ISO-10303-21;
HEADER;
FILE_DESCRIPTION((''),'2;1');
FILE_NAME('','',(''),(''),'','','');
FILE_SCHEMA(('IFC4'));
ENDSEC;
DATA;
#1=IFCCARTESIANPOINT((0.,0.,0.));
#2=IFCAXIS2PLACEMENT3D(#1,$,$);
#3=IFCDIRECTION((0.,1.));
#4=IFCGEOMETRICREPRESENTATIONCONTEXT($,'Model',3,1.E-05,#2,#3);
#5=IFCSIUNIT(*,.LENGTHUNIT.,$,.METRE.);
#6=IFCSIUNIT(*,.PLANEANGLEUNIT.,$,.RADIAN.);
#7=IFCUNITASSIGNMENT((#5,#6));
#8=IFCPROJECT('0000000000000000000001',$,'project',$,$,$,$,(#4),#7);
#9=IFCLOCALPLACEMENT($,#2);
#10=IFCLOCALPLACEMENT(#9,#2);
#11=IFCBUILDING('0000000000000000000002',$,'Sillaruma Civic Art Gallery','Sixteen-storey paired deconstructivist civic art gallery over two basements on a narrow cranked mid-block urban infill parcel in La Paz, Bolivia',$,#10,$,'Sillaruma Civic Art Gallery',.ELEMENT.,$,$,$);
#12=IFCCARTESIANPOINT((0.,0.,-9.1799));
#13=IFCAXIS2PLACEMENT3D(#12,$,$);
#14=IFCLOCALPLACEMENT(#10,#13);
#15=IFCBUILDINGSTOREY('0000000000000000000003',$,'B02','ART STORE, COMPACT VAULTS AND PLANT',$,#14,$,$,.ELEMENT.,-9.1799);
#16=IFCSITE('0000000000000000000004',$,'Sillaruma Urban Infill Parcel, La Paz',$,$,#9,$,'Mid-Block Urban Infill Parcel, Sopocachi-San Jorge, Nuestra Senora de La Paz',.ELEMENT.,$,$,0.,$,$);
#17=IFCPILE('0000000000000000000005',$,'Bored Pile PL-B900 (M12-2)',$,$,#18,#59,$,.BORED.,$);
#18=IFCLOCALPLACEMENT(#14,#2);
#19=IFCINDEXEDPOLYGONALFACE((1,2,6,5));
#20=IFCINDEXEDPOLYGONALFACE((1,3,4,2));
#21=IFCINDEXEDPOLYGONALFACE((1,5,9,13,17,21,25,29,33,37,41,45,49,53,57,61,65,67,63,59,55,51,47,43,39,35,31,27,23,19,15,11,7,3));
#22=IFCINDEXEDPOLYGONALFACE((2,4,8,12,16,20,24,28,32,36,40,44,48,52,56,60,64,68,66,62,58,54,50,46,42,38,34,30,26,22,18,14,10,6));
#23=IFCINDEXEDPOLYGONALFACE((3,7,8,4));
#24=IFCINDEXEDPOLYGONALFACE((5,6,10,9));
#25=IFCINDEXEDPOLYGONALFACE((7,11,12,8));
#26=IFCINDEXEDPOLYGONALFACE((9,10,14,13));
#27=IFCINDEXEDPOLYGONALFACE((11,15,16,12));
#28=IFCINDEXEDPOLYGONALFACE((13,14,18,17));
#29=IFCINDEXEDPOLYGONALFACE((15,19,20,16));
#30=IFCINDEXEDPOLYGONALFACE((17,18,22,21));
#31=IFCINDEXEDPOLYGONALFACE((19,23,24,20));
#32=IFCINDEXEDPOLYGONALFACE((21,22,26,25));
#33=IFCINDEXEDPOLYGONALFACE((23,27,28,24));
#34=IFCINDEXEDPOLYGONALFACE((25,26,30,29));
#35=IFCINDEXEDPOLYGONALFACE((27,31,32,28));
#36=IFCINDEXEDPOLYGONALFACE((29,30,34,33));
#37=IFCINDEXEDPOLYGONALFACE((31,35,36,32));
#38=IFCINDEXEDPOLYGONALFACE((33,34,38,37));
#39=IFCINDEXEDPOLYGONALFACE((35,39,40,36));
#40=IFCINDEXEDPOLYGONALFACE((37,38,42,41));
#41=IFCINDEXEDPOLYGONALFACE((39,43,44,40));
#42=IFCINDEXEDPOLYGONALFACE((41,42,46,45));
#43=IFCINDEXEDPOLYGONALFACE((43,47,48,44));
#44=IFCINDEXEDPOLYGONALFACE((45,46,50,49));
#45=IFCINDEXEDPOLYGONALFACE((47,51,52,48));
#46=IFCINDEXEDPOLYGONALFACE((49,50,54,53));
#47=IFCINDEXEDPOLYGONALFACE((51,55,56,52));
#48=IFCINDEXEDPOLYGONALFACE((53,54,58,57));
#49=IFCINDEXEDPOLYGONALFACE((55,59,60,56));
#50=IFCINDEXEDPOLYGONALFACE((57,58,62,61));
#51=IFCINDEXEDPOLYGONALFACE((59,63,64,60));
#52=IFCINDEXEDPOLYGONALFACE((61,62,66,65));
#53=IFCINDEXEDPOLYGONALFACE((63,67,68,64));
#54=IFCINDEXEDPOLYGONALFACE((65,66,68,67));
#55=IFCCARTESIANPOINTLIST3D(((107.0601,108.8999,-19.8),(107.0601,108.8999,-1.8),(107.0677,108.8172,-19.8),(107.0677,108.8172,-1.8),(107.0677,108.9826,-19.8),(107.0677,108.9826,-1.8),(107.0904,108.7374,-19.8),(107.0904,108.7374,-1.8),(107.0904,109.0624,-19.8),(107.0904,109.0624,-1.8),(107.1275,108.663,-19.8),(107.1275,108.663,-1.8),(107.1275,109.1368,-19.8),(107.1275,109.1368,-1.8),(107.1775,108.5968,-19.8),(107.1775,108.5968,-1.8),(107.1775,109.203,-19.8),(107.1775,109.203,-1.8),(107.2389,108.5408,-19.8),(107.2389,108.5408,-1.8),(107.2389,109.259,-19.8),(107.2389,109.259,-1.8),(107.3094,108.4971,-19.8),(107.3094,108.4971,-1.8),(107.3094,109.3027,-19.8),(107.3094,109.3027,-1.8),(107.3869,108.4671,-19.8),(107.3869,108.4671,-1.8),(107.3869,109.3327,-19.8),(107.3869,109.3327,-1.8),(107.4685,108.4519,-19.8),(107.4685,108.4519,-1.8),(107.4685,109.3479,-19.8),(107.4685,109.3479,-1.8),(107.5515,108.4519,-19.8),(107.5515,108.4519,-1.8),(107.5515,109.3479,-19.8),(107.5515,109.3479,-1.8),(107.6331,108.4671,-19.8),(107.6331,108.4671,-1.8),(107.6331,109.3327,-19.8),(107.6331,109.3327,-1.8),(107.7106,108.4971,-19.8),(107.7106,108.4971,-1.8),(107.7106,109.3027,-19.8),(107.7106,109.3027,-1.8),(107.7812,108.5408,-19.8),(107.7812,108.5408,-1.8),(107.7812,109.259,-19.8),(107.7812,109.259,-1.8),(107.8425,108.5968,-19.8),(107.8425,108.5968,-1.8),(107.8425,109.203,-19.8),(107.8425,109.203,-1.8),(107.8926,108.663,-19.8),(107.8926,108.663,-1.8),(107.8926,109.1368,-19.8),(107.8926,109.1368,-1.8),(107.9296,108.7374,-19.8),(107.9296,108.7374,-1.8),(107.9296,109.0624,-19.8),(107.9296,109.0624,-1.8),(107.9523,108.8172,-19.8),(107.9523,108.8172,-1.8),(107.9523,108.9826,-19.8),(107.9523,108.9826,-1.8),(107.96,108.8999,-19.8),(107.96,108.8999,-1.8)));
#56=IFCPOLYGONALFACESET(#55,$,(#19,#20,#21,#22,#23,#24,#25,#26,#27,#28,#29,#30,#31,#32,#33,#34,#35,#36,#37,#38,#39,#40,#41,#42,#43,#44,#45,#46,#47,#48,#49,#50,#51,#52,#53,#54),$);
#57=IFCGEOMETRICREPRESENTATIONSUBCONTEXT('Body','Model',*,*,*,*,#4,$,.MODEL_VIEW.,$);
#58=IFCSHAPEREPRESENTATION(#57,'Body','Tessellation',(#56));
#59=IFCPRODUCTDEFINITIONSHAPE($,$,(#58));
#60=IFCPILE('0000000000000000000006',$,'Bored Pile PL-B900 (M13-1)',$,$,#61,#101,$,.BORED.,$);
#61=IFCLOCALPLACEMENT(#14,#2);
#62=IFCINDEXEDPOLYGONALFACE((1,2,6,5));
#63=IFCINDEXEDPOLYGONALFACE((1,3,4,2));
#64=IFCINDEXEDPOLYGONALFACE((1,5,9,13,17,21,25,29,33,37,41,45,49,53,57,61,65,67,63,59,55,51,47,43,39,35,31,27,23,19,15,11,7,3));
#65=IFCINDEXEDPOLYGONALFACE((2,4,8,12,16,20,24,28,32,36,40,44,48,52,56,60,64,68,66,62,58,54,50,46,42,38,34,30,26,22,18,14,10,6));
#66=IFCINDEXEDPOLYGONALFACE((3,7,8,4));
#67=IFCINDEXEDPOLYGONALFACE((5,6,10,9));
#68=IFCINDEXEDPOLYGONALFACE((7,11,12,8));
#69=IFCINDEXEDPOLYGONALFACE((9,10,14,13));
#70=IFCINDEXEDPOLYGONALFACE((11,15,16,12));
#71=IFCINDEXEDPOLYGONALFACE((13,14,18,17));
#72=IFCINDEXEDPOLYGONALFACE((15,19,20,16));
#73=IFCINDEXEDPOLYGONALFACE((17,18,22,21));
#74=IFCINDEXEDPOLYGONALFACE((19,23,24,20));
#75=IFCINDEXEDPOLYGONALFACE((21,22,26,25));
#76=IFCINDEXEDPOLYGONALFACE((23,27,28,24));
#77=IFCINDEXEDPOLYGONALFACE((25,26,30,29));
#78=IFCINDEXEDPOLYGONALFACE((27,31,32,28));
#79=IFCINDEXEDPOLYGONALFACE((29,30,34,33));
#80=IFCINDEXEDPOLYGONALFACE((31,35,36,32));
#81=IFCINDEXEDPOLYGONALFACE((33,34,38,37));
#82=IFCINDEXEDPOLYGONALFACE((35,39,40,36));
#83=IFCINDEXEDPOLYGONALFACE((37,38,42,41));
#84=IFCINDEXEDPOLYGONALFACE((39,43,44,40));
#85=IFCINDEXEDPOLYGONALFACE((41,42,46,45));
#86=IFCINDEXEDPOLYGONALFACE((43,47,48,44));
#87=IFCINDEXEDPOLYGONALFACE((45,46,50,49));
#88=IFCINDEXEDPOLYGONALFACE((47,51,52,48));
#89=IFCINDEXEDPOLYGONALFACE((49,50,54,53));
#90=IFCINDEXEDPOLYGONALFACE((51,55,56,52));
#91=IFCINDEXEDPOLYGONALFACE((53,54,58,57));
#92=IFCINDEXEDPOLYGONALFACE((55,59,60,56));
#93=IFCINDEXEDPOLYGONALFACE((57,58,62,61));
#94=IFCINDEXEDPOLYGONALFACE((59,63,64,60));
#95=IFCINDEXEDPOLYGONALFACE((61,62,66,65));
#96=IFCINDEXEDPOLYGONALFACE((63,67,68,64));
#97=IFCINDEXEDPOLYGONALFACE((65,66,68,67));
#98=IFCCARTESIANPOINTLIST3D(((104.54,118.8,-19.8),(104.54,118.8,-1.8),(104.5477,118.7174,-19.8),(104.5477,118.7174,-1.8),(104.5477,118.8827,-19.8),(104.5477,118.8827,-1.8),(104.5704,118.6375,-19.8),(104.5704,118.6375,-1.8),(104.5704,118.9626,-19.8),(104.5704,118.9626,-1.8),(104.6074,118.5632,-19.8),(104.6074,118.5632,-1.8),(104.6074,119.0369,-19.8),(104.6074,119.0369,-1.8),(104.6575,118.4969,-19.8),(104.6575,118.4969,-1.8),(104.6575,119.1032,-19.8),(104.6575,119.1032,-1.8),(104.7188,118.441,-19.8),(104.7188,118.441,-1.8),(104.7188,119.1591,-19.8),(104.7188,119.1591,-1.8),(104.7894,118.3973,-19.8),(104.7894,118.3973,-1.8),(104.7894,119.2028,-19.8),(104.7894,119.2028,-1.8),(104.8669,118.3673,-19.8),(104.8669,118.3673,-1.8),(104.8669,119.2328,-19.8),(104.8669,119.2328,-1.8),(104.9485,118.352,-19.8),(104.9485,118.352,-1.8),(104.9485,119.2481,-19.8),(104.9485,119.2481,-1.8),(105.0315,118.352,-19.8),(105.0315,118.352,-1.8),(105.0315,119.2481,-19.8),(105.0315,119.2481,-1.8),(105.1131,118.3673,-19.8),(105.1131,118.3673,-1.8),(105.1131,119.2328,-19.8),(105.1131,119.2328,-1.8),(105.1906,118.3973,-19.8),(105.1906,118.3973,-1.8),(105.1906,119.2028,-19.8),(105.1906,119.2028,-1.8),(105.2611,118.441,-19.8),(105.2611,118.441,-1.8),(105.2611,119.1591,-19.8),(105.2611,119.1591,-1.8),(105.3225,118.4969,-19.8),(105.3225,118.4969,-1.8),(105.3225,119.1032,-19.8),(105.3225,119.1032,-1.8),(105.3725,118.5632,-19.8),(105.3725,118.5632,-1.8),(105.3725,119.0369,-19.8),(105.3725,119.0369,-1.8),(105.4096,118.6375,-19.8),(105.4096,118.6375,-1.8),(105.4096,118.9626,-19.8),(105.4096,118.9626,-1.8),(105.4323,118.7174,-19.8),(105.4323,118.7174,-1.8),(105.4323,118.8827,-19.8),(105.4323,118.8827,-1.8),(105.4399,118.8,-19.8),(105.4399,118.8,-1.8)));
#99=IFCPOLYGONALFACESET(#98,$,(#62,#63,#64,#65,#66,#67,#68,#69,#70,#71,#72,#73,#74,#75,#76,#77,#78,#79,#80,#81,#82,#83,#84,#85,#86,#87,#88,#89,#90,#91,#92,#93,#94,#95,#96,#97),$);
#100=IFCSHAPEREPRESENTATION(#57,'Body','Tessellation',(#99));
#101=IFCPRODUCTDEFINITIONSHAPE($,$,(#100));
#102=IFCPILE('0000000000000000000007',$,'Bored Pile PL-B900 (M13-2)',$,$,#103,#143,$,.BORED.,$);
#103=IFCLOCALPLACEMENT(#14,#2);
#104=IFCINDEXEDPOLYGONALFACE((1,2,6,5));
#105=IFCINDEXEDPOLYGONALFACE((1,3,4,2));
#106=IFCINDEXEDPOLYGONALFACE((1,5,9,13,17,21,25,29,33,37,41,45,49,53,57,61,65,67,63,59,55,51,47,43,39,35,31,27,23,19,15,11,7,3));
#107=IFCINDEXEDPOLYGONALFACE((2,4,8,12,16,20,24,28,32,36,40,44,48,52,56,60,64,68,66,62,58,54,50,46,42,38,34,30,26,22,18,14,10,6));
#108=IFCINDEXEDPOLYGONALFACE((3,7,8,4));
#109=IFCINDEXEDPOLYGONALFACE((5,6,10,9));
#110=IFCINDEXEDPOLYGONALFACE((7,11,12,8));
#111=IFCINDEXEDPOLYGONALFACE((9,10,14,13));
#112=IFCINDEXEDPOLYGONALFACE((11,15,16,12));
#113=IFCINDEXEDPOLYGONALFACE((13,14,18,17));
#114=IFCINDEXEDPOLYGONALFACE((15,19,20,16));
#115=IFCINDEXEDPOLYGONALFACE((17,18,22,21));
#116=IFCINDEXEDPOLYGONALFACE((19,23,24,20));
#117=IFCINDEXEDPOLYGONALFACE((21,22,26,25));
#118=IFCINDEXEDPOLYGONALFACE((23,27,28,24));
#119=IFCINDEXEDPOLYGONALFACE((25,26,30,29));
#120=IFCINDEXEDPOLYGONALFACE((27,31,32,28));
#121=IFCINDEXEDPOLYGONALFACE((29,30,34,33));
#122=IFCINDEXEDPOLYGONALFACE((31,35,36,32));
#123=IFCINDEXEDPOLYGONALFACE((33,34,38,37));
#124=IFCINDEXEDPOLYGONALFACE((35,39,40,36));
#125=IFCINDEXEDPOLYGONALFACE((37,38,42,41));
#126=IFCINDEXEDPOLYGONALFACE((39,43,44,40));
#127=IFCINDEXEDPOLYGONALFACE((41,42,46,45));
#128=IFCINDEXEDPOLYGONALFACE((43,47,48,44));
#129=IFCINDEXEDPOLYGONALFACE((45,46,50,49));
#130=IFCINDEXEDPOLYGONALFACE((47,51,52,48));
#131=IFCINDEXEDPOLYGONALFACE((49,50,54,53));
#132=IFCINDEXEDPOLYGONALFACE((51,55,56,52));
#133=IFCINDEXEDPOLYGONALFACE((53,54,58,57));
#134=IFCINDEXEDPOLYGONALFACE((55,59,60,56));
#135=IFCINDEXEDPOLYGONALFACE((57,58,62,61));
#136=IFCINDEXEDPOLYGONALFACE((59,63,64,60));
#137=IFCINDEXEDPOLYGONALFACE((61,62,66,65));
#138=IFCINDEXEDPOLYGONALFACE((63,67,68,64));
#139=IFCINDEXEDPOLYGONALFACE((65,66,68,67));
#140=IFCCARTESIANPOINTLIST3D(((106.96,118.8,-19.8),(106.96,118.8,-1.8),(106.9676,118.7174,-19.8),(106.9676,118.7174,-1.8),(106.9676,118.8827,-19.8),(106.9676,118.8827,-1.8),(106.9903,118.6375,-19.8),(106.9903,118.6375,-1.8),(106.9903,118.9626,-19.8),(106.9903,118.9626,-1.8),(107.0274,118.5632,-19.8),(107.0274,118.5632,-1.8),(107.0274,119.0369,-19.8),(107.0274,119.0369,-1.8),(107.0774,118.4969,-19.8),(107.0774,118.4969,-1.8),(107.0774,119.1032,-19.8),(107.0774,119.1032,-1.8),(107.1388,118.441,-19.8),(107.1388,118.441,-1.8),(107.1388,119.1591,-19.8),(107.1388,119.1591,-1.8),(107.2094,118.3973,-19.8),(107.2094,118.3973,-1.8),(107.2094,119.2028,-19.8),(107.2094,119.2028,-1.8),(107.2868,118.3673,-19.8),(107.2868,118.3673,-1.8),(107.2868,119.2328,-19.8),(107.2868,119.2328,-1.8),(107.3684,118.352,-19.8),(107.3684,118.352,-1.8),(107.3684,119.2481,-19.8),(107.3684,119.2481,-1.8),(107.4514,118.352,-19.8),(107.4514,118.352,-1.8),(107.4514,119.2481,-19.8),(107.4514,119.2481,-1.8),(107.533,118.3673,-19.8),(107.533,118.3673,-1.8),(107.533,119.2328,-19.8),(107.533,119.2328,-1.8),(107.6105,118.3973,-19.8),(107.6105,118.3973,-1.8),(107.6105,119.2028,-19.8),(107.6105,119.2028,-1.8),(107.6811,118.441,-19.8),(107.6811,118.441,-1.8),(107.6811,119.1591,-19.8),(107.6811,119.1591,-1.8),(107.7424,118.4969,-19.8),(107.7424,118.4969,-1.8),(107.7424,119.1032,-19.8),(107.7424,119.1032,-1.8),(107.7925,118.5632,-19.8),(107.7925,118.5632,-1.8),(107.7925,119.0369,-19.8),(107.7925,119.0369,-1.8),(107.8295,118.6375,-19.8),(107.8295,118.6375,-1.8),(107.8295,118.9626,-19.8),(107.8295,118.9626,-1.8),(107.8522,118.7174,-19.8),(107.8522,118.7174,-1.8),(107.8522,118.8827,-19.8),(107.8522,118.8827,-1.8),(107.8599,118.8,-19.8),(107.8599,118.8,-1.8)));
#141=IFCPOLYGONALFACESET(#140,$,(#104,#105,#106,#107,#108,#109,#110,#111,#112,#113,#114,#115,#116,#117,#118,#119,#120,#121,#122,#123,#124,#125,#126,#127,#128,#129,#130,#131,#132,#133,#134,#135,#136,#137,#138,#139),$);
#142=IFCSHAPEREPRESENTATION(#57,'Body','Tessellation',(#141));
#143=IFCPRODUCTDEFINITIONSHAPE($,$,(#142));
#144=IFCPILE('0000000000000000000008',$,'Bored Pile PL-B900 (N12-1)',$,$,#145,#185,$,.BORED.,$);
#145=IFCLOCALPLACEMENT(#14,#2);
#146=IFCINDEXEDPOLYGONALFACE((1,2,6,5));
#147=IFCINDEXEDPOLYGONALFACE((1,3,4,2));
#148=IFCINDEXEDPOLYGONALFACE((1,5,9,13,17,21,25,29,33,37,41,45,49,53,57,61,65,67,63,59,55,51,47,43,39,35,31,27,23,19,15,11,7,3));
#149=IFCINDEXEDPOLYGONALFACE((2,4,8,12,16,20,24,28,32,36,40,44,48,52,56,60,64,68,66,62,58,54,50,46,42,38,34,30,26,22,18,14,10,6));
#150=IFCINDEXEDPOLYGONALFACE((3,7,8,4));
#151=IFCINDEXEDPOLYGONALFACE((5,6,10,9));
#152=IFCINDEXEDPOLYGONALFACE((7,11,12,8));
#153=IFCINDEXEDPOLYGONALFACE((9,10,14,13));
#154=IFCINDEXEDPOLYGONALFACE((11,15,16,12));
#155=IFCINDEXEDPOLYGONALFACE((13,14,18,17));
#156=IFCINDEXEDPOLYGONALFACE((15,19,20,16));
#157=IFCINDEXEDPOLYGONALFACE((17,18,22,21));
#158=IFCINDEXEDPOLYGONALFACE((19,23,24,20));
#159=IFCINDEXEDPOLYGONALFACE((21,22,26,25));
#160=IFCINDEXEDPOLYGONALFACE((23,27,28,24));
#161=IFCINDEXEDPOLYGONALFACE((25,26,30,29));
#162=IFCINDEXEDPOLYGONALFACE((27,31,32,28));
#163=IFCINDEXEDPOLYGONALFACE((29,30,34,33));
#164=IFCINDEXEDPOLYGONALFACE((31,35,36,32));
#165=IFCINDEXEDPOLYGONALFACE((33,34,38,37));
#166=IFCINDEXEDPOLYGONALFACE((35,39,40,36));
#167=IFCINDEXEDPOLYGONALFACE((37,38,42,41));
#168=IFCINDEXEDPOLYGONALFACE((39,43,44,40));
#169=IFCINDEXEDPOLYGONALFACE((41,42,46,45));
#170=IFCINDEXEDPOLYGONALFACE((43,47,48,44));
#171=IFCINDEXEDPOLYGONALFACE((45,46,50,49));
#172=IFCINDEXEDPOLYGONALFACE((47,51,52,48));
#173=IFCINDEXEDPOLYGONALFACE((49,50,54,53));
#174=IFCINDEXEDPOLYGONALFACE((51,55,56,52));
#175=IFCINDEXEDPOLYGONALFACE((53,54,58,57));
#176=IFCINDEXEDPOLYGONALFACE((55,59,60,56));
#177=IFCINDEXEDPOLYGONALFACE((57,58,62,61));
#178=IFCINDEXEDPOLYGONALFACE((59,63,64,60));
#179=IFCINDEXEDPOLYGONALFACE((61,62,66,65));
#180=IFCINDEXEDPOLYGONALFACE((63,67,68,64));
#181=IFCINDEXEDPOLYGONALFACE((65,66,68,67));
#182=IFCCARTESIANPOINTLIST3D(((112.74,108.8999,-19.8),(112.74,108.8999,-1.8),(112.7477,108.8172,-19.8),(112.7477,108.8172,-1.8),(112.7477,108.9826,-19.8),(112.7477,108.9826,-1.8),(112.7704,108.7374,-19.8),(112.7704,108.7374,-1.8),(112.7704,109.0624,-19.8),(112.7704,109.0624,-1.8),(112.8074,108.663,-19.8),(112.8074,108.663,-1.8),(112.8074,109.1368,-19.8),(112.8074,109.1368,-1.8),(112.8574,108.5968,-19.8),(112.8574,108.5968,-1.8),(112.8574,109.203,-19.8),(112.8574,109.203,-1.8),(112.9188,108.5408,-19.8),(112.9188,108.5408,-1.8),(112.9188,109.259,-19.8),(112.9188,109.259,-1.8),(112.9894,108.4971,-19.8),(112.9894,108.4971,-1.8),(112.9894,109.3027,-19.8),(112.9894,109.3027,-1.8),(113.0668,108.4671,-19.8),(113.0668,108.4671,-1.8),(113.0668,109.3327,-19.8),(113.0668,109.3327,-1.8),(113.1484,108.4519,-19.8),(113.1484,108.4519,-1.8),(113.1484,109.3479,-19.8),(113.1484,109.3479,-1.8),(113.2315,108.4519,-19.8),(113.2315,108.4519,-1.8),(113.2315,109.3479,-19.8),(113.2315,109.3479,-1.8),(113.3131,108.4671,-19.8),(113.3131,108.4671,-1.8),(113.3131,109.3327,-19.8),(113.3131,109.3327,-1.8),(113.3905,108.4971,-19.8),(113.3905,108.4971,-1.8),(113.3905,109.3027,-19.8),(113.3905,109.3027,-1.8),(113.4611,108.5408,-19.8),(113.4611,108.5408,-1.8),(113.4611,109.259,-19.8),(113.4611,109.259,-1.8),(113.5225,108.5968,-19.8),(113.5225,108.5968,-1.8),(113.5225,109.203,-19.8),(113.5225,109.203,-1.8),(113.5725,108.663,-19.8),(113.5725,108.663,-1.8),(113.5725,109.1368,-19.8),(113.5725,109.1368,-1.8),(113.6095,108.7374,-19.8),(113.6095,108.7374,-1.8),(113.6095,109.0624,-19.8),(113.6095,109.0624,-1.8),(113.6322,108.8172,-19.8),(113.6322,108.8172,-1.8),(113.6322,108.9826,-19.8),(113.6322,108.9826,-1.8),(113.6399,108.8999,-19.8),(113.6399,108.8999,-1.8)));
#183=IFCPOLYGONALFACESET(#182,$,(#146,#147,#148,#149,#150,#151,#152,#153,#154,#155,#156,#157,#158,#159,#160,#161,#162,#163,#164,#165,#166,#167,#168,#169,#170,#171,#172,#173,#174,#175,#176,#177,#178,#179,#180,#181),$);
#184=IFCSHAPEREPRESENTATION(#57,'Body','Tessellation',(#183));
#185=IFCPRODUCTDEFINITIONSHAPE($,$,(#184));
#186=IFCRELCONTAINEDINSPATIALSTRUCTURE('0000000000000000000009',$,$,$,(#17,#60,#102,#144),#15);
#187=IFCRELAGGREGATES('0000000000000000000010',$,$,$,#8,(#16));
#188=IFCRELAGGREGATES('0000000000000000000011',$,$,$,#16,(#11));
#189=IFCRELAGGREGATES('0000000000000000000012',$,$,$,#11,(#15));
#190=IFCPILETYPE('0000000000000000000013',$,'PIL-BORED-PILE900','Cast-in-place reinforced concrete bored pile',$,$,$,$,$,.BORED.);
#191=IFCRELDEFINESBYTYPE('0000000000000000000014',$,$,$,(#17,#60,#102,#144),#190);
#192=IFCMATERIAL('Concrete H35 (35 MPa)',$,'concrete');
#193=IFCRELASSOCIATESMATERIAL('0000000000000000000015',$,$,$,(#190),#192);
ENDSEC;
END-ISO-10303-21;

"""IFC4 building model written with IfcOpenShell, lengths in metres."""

from ifc_helpers import new_model, si_unit, direction, frame, origin, origin_2d, place, context, subcontext, project, spatial, circle, extrude, material, material_profile, profile_set, type_object, element, save


model = new_model("IFC4")

# Units and contexts
model_context = context("Model", 3, precision=1e-05, world=origin(), true_north=direction((0.0, 1.0)))
body_context = subcontext(model_context, "Body", "Model", "MODEL_VIEW")
ifc_project = project(units=[si_unit("LENGTHUNIT", "METRE"), si_unit("PLANEANGLEUNIT", "RADIAN")], contexts=[model_context])

# Site, building, storey
site_placement = place(None, origin())
site = spatial("IfcSite", under=ifc_project, at=site_placement, Name="Sillaruma Urban Infill Parcel, La Paz", LongName="Mid-Block Urban Infill Parcel, Sopocachi-San Jorge, Nuestra Senora de La Paz", CompositionType="ELEMENT", RefElevation=0.0)
building_placement = place(site_placement, origin())
building = spatial("IfcBuilding", under=site, at=building_placement, Name="Sillaruma Civic Art Gallery", Description="Sixteen-storey paired deconstructivist civic art gallery over two basements on a narrow cranked mid-block urban infill parcel in La Paz, Bolivia", LongName="Sillaruma Civic Art Gallery", CompositionType="ELEMENT")
storey_placement = place(building_placement, frame((0.0, 0.0, -9.1799)))
storey = spatial("IfcBuildingStorey", under=building, at=storey_placement, Name="B02", Description="ART STORE, COMPACT VAULTS AND PLANT", CompositionType="ELEMENT", Elevation=-9.1799)

# Shared definitions
ifc_material_1 = material(Name="Concrete H35 (35 MPa)", Category="concrete")

# Piles
ifc_material_profile_1 = material_profile(ifc_material_1, circle(Radius=0.45, at=origin_2d()), Name="PILE900")
ifc_profile_set_1 = profile_set([ifc_material_profile_1], Name="Concrete H35 (35 MPa)")
pile_type_1 = type_object("IfcPileType", Name="PIL-BORED-PILE900", Description="Cast-in-place reinforced concrete bored pile", PredefinedType="BORED", material=ifc_profile_set_1)
for number, where, z_axis, x_axis, name in (
    (1, (107.51, 108.8999, -1.8), (0.0, 0.0, -1.0), (1.0, 0.0, 0.0), "Bored Pile PL-B900 (M12-2)"),
    (2, (104.99, 118.8, -1.8), (0.0, 0.0, -1.0), (1.0, 0.0, 0.0), "Bored Pile PL-B900 (M13-1)"),
    (3, (107.4099, 118.8, -1.8), (0.0, 0.0, -1.0), (1.0, 0.0, 0.0), "Bored Pile PL-B900 (M13-2)"),
    (4, (113.1899, 108.8999, -1.8), (0.0, 0.0, -1.0), (1.0, 0.0, 0.0), "Bored Pile PL-B900 (N12-1)"),
):
    element("IfcPile", number, at=place(storey_placement, frame(where, z_axis=z_axis, x_axis=x_axis)), inside=storey, type_object=pile_type_1, Name=name, PredefinedType="BORED", context=body_context, shape_type="SweptSolid", body=[
        extrude(circle(Radius=0.45, at=origin_2d()), origin(), (0.0, 0.0, 1.0), 18.0),
    ])

save(model, "model.ifc")
